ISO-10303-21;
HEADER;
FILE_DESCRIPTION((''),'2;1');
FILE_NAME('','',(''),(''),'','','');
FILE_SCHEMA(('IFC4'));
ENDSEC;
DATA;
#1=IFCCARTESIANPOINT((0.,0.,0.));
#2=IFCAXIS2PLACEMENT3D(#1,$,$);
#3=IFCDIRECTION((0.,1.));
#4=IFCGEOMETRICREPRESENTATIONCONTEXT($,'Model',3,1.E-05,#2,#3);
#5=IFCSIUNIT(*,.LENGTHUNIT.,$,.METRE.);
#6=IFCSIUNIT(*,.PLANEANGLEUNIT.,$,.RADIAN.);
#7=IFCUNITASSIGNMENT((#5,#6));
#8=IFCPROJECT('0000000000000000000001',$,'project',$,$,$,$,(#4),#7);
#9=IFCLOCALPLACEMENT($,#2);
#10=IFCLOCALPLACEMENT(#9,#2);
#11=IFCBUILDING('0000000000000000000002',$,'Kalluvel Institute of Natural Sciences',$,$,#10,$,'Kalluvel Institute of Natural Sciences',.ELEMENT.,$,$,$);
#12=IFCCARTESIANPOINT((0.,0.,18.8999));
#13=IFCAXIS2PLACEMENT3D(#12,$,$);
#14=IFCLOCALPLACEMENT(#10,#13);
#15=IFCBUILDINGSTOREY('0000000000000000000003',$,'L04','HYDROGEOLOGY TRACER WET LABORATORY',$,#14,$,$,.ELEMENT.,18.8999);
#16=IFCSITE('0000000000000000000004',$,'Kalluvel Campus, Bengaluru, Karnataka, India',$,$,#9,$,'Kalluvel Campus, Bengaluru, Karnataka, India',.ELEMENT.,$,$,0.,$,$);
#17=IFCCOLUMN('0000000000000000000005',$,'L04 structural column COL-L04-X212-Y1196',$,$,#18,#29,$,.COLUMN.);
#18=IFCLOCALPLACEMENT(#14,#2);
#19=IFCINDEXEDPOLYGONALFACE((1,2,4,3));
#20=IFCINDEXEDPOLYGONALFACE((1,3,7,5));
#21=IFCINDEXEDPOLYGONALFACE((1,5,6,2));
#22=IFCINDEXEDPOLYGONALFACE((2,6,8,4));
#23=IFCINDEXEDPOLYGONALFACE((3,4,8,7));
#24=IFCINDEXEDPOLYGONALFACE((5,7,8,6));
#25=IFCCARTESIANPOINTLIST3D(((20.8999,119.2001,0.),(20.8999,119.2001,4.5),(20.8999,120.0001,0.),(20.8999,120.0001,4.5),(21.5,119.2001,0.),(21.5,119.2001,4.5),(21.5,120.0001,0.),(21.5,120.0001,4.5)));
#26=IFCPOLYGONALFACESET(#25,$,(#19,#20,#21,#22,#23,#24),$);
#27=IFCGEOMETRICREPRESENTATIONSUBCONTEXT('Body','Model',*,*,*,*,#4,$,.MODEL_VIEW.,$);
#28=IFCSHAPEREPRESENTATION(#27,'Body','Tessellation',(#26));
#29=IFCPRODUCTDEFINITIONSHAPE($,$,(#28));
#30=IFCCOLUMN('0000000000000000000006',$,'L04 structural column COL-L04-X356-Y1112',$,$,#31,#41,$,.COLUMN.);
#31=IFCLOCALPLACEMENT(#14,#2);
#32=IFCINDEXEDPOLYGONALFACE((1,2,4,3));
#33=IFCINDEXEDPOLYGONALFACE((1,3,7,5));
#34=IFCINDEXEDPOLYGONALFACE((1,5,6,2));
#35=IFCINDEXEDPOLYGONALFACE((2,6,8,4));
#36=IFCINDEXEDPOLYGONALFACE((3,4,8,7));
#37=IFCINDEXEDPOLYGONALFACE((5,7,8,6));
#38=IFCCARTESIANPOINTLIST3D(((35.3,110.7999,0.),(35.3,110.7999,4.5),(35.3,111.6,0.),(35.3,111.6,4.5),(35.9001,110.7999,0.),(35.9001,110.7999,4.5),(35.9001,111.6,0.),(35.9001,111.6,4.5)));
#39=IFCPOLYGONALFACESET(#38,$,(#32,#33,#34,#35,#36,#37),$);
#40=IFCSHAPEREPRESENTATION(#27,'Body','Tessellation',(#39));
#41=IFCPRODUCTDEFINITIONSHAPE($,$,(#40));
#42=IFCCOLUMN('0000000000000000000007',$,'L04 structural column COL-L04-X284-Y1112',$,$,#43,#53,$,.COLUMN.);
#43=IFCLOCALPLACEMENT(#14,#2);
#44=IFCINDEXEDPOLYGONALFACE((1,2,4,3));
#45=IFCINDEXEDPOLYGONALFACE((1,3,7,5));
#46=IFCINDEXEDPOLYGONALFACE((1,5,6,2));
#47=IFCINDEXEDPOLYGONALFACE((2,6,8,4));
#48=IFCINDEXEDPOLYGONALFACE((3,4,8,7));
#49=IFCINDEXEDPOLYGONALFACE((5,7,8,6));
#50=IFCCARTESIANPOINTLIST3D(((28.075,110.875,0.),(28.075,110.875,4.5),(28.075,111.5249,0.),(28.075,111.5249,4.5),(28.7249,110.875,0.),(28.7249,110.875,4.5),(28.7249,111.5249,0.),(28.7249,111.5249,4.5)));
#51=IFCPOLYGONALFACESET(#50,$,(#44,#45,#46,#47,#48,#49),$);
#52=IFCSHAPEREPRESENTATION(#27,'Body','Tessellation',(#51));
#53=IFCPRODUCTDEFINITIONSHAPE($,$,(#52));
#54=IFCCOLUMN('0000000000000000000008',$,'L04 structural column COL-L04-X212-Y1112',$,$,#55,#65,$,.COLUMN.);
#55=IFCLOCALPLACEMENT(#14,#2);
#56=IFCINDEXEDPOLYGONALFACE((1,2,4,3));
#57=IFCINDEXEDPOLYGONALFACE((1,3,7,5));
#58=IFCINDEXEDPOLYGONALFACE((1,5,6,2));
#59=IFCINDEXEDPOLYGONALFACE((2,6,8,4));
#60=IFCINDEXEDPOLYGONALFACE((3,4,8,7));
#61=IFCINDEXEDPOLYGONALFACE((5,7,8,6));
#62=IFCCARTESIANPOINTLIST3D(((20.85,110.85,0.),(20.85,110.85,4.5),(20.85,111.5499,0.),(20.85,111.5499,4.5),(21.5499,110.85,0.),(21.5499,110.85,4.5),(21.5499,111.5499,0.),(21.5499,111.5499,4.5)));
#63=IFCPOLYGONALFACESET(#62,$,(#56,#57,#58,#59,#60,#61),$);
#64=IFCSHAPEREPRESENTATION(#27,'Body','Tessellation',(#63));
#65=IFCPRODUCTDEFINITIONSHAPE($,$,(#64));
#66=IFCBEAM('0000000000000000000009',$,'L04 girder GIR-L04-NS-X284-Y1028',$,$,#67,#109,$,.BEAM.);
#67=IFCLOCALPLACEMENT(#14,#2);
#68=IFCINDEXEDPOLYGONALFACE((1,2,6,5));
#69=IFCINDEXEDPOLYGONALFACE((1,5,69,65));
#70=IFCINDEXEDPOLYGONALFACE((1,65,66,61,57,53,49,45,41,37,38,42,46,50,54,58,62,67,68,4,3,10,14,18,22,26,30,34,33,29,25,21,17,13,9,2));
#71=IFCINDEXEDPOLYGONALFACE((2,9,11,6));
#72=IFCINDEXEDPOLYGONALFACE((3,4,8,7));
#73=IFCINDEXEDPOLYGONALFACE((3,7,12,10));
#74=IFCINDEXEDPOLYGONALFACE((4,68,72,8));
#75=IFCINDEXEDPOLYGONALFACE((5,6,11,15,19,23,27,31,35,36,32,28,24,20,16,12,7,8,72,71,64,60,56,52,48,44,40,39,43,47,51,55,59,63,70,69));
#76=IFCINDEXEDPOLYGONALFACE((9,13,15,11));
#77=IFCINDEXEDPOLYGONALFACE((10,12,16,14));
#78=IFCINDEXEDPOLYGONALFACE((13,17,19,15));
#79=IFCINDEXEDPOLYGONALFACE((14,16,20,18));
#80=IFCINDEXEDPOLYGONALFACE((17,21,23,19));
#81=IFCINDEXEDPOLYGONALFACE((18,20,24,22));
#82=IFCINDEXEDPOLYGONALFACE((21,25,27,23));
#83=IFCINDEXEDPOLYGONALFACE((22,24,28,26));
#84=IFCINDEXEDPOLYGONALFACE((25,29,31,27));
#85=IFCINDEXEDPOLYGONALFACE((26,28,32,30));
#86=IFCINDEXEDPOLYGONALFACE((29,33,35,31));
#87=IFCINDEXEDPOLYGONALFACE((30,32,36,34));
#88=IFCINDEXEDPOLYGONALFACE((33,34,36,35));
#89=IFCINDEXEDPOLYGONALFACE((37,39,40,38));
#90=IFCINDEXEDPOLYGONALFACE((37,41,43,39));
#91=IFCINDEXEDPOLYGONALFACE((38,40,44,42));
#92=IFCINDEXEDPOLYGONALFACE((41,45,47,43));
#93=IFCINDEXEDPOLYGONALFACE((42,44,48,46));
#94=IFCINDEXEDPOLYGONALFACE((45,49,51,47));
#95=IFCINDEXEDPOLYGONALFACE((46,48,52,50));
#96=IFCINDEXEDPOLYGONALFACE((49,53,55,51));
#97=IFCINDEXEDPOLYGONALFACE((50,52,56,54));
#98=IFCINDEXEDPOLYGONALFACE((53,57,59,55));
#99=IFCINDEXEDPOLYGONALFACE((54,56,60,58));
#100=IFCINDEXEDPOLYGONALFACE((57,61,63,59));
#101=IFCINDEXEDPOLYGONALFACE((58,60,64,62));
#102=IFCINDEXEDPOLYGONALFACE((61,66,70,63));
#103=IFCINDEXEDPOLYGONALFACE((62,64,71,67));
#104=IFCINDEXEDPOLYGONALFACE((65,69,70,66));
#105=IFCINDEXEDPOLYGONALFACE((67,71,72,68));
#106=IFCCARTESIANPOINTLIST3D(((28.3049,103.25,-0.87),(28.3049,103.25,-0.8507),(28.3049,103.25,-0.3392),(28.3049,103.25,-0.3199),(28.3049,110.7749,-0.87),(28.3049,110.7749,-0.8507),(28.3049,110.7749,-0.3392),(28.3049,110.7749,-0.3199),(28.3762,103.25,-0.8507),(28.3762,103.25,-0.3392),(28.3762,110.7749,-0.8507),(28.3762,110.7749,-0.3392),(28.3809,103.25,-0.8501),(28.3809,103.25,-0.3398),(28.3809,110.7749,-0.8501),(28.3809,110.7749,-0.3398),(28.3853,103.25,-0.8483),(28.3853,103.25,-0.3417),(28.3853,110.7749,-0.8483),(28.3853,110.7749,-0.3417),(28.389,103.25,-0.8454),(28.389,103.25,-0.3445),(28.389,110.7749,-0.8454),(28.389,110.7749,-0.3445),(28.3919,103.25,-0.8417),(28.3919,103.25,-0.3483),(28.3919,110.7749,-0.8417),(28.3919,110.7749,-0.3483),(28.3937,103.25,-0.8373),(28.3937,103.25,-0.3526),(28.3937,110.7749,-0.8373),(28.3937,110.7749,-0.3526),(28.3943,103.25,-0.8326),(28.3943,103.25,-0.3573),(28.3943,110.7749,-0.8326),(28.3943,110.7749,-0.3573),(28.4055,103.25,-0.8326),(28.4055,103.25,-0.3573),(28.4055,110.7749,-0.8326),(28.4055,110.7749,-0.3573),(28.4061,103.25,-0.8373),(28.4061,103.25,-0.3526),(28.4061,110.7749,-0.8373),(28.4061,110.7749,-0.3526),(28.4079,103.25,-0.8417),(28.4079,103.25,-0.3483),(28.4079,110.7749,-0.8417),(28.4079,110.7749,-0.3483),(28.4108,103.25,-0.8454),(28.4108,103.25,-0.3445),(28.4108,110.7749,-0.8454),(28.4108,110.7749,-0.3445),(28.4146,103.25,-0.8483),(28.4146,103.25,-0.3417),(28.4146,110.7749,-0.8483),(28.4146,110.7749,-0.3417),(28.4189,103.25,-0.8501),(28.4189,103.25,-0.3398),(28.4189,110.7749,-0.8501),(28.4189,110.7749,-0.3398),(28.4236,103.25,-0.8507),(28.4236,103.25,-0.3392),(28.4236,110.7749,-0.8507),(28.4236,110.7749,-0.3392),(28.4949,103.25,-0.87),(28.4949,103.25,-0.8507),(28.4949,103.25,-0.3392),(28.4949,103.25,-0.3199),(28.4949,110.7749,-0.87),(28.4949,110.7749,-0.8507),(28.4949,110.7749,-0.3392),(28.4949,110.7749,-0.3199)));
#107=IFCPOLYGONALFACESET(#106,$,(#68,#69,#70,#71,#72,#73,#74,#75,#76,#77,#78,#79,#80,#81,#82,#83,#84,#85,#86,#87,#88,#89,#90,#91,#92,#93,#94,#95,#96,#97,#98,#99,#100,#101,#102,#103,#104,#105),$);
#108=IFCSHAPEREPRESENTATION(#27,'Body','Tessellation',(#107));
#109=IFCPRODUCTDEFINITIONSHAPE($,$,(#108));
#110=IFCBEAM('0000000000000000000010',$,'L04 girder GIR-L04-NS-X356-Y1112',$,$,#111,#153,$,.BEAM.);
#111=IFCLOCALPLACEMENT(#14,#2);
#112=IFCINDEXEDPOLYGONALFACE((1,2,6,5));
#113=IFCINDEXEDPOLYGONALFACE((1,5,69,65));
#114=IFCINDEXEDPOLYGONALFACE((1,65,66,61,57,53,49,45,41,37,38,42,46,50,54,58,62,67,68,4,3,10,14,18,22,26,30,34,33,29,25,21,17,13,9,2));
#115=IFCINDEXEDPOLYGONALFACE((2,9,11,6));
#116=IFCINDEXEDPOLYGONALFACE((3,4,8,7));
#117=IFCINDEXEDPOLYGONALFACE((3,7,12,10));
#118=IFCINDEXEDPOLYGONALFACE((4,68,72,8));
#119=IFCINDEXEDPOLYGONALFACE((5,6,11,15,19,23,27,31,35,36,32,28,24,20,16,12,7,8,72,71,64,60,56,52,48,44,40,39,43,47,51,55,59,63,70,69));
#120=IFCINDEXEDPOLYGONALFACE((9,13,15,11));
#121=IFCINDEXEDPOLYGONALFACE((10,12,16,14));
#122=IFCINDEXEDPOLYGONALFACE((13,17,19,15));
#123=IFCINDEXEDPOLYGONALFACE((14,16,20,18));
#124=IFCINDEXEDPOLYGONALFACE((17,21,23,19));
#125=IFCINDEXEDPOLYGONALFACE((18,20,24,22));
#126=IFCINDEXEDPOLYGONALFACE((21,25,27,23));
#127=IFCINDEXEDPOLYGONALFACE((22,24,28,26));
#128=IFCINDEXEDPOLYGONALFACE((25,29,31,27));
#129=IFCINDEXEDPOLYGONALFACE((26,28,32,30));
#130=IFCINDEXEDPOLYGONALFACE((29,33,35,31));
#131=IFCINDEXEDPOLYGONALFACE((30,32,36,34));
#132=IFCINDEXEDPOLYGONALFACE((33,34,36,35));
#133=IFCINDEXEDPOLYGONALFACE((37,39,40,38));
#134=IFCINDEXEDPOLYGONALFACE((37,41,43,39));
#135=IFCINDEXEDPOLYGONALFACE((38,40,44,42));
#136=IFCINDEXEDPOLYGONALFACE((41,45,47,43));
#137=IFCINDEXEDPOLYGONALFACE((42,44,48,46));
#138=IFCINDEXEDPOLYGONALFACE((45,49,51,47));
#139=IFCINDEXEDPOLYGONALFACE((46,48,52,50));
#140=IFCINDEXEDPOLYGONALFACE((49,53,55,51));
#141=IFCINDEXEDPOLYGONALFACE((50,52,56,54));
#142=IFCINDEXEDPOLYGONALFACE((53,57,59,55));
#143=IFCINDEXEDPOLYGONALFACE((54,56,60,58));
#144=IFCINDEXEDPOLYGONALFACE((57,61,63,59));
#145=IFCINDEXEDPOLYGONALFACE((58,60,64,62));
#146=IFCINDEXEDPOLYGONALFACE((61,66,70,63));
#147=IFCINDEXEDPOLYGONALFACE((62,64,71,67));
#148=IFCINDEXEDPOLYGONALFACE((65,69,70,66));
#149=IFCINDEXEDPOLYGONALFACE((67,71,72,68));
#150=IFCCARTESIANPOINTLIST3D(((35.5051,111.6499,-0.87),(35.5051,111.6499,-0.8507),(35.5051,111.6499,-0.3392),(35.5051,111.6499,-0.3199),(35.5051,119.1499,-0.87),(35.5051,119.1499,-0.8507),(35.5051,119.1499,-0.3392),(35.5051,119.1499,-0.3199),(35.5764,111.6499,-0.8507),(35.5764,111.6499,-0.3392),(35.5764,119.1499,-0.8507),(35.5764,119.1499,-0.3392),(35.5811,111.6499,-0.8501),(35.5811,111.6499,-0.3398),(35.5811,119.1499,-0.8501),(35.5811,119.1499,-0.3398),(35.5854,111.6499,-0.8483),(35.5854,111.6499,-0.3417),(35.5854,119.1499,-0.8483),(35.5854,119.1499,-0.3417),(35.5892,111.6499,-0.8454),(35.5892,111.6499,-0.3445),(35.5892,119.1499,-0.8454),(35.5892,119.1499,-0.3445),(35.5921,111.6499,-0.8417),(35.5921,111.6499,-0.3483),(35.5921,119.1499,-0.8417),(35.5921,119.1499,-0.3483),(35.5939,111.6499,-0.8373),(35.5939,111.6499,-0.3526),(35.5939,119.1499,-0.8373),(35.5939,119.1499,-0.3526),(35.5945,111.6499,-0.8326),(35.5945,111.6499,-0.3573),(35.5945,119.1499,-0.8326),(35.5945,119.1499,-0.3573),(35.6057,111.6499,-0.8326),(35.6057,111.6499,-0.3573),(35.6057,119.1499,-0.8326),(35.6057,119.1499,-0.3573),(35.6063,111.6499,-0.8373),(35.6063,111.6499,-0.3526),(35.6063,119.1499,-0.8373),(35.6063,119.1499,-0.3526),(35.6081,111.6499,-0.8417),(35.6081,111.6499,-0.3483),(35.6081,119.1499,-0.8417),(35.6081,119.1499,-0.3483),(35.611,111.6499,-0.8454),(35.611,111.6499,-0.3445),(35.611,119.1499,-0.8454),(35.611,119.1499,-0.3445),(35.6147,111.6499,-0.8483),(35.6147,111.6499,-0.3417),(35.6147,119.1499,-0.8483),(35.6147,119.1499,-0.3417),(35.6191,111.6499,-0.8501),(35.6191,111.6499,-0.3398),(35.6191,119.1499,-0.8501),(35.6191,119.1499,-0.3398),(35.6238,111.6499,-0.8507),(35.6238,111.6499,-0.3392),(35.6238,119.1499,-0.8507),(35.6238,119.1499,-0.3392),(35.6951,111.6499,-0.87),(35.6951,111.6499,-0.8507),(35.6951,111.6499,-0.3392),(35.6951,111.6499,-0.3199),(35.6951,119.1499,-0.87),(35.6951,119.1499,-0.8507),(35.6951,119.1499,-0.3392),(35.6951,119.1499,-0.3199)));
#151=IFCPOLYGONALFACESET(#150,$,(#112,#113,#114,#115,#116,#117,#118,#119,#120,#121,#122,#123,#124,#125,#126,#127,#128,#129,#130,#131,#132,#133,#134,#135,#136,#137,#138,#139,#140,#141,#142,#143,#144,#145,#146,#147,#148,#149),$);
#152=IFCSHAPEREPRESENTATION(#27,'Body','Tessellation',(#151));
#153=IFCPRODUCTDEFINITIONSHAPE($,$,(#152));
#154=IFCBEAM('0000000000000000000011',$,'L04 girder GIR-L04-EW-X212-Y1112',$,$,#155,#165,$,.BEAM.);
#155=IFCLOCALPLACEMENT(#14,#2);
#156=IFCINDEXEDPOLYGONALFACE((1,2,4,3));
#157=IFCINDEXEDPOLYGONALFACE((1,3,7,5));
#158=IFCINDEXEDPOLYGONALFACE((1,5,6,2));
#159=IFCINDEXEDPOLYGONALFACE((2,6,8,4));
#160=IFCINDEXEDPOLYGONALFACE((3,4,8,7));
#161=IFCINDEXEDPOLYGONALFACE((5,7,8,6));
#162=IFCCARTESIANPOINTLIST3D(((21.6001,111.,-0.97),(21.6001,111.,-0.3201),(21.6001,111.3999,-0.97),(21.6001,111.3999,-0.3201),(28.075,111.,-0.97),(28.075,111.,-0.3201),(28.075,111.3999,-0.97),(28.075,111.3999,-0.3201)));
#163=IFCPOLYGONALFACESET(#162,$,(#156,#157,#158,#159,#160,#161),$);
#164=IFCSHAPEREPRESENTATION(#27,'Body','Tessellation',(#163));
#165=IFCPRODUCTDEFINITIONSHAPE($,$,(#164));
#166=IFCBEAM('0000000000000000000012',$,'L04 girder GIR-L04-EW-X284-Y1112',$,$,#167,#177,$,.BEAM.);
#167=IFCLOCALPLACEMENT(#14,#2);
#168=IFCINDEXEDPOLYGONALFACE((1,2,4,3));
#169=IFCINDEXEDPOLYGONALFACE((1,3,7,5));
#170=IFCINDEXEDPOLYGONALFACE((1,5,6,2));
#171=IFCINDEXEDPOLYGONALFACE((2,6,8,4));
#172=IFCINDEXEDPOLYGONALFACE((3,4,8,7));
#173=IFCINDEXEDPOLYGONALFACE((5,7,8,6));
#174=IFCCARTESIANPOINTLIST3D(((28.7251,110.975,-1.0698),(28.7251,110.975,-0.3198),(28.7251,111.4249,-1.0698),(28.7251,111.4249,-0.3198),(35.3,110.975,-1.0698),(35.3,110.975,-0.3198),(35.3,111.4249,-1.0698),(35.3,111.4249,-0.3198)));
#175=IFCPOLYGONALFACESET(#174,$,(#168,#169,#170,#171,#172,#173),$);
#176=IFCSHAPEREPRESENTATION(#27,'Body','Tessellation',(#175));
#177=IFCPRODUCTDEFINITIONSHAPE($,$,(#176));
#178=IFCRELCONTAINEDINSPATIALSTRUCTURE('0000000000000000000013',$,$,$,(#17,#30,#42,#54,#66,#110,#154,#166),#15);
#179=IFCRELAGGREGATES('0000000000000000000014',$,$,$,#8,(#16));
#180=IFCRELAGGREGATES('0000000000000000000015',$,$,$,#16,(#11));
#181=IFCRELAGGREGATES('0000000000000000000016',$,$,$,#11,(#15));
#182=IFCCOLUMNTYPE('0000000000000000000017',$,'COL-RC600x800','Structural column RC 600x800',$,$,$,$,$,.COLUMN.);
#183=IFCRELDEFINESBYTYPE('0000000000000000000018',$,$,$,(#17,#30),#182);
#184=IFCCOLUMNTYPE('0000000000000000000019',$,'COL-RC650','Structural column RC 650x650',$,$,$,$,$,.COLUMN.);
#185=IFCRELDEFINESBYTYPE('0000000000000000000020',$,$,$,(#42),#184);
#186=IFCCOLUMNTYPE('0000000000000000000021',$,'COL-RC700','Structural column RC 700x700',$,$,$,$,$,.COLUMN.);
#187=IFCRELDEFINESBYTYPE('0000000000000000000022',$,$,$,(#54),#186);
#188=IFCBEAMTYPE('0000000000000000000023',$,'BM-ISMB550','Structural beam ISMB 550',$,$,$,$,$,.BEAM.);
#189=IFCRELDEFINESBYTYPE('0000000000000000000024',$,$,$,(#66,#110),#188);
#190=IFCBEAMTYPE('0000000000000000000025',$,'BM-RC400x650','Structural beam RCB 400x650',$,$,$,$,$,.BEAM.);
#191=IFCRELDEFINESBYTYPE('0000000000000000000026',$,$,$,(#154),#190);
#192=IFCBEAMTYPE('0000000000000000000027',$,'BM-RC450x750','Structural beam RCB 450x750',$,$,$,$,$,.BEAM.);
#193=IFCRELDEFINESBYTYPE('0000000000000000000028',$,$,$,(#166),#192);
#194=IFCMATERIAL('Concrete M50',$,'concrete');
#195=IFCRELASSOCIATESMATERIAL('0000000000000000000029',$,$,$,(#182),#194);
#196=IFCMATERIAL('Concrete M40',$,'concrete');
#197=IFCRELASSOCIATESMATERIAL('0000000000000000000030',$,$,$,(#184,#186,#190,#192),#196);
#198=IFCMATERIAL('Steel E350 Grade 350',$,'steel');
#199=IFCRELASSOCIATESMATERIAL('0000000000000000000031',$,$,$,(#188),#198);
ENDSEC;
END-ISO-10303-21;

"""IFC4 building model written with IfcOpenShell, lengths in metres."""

from ifc_helpers import new_model, si_unit, direction, frame, origin, origin_2d, place, context, subcontext, project, spatial, rectangle, i_section, extrude, material, material_profile, profile_set, type_object, element, save


model = new_model("IFC4")

# Units and contexts
model_context = context("Model", 3, precision=1e-05, world=origin(), true_north=direction((0.0, 1.0)))
body_context = subcontext(model_context, "Body", "Model", "MODEL_VIEW")
ifc_project = project(units=[si_unit("LENGTHUNIT", "METRE"), si_unit("PLANEANGLEUNIT", "RADIAN")], contexts=[model_context])

# Site, building, storey
site_placement = place(None, origin())
site = spatial("IfcSite", under=ifc_project, at=site_placement, Name="Kalluvel Campus, Bengaluru, Karnataka, India", LongName="Kalluvel Campus, Bengaluru, Karnataka, India", CompositionType="ELEMENT", RefElevation=0.0)
building_placement = place(site_placement, origin())
building = spatial("IfcBuilding", under=site, at=building_placement, Name="Kalluvel Institute of Natural Sciences", LongName="Kalluvel Institute of Natural Sciences", CompositionType="ELEMENT")
storey_placement = place(building_placement, frame((0.0, 0.0, 18.8999)))
storey = spatial("IfcBuildingStorey", under=building, at=storey_placement, Name="L04", Description="HYDROGEOLOGY TRACER WET LABORATORY", CompositionType="ELEMENT", Elevation=18.8999)

# Columns
ifc_material_1 = material(Name="Concrete M50", Category="concrete")
ifc_material_profile_1 = material_profile(ifc_material_1, rectangle(XDim=0.6001, YDim=0.8, at=origin_2d()), Name="RC 600x800")
ifc_profile_set_1 = profile_set([ifc_material_profile_1], Name="Concrete M50")
column_type_1 = type_object("IfcColumnType", Name="COL-RC600x800", Description="Structural column RC 600x800", PredefinedType="COLUMN", material=ifc_profile_set_1)
for number, where, z_axis, x_axis, name in (
    (1, (21.2, 119.6001, 0.0), (0.0, 0.0, 1.0), (1.0, 0.0, 0.0), "L04 structural column COL-L04-X212-Y1196"),
    (2, (35.6001, 111.2, 0.0), (0.0, 0.0, 1.0), (1.0, 0.0, 0.0), "L04 structural column COL-L04-X356-Y1112"),
):
    element("IfcColumn", number, at=place(storey_placement, frame(where, z_axis=z_axis, x_axis=x_axis)), inside=storey, type_object=column_type_1, Name=name, PredefinedType="COLUMN", context=body_context, shape_type="SweptSolid", body=[
        extrude(rectangle(XDim=0.6001, YDim=0.8, at=origin_2d()), origin(), (0.0, 0.0, 1.0), 4.5),
    ])
ifc_material_2 = material(Name="Concrete M40", Category="concrete")
ifc_material_profile_2 = material_profile(ifc_material_2, rectangle(XDim=0.6499, YDim=0.6499, at=origin_2d()), Name="RC 650x650")
ifc_profile_set_2 = profile_set([ifc_material_profile_2], Name="Concrete M40")
column_type_2 = type_object("IfcColumnType", Name="COL-RC650", Description="Structural column RC 650x650", PredefinedType="COLUMN", material=ifc_profile_set_2)
column_1_placement = place(storey_placement, frame((28.3999, 111.2, 0.0), z_axis=(0.0, 0.0, 1.0), x_axis=(1.0, 0.0, 0.0)))
element("IfcColumn", 3, at=column_1_placement, inside=storey, type_object=column_type_2, Name="L04 structural column COL-L04-X284-Y1112", PredefinedType="COLUMN", context=body_context, shape_type="SweptSolid", body=[
    extrude(rectangle(XDim=0.6499, YDim=0.6499, at=origin_2d()), origin(), (0.0, 0.0, 1.0), 4.5),
])
ifc_material_profile_3 = material_profile(ifc_material_2, rectangle(XDim=0.7, YDim=0.7, at=origin_2d()), Name="RC 700x700")
ifc_profile_set_3 = profile_set([ifc_material_profile_3], Name="Concrete M40")
column_type_3 = type_object("IfcColumnType", Name="COL-RC700", Description="Structural column RC 700x700", PredefinedType="COLUMN", material=ifc_profile_set_3)
column_2_placement = place(storey_placement, frame((21.2, 111.2, 0.0), z_axis=(0.0, 0.0, 1.0), x_axis=(1.0, 0.0, 0.0)))
element("IfcColumn", 4, at=column_2_placement, inside=storey, type_object=column_type_3, Name="L04 structural column COL-L04-X212-Y1112", PredefinedType="COLUMN", context=body_context, shape_type="SweptSolid", body=[
    extrude(rectangle(XDim=0.7, YDim=0.7, at=origin_2d()), origin(), (0.0, 0.0, 1.0), 4.5),
])

# Beams
ifc_material_3 = material(Name="Steel E350 Grade 350", Category="steel")
ifc_material_profile_4 = material_profile(ifc_material_3, i_section(OverallWidth=0.1899, OverallDepth=0.55, WebThickness=0.0112, FlangeThickness=0.0193, FilletRadius=0.0181, at=origin_2d()), Name="ISMB 550")
ifc_profile_set_4 = profile_set([ifc_material_profile_4], Name="Steel E350 Grade 350")
beam_type_1 = type_object("IfcBeamType", Name="BM-ISMB550", Description="Structural beam ISMB 550", PredefinedType="BEAM", material=ifc_profile_set_4)
beam_1_placement = place(storey_placement, frame((28.3999, 103.25, -0.595), z_axis=(0.0, 1.0, 0.0), x_axis=(-1.0, 0.0, 0.0)))
element("IfcBeam", 5, at=beam_1_placement, inside=storey, type_object=beam_type_1, Name="L04 girder GIR-L04-NS-X284-Y1028", PredefinedType="BEAM", context=body_context, shape_type="SweptSolid", body=[
    extrude(i_section(OverallWidth=0.1899, OverallDepth=0.55, WebThickness=0.0112, FlangeThickness=0.0193, FilletRadius=0.0181, at=origin_2d()), origin(), (0.0, 0.0, 1.0), 7.5249),
])
beam_2_placement = place(storey_placement, frame((35.6001, 111.6499, -0.595), z_axis=(0.0, 1.0, 0.0), x_axis=(-1.0, 0.0, 0.0)))
element("IfcBeam", 6, at=beam_2_placement, inside=storey, type_object=beam_type_1, Name="L04 girder GIR-L04-NS-X356-Y1112", PredefinedType="BEAM", context=body_context, shape_type="SweptSolid", body=[
    extrude(i_section(OverallWidth=0.1899, OverallDepth=0.55, WebThickness=0.0112, FlangeThickness=0.0193, FilletRadius=0.0181, at=origin_2d()), origin(), (0.0, 0.0, 1.0), 7.5),
])
ifc_material_profile_5 = material_profile(ifc_material_2, rectangle(XDim=0.3999, YDim=0.6499, at=origin_2d()), Name="RCB 400x650")
ifc_profile_set_5 = profile_set([ifc_material_profile_5], Name="Concrete M40")
beam_type_2 = type_object("IfcBeamType", Name="BM-RC400x650", Description="Structural beam RCB 400x650", PredefinedType="BEAM", material=ifc_profile_set_5)
beam_3_placement = place(storey_placement, frame((21.6001, 111.2, -0.645), z_axis=(1.0, 0.0, 0.0), x_axis=(0.0, 1.0, 0.0)))
element("IfcBeam", 7, at=beam_3_placement, inside=storey, type_object=beam_type_2, Name="L04 girder GIR-L04-EW-X212-Y1112", PredefinedType="BEAM", context=body_context, shape_type="SweptSolid", body=[
    extrude(rectangle(XDim=0.3999, YDim=0.6499, at=origin_2d()), origin(), (0.0, 0.0, 1.0), 6.4749),
])
ifc_material_profile_6 = material_profile(ifc_material_2, rectangle(XDim=0.45, YDim=0.75, at=origin_2d()), Name="RCB 450x750")
ifc_profile_set_6 = profile_set([ifc_material_profile_6], Name="Concrete M40")
beam_type_3 = type_object("IfcBeamType", Name="BM-RC450x750", Description="Structural beam RCB 450x750", PredefinedType="BEAM", material=ifc_profile_set_6)
beam_4_placement = place(storey_placement, frame((28.7251, 111.2, -0.6948), z_axis=(1.0, 0.0, 0.0), x_axis=(0.0, 1.0, 0.0)))
element("IfcBeam", 8, at=beam_4_placement, inside=storey, type_object=beam_type_3, Name="L04 girder GIR-L04-EW-X284-Y1112", PredefinedType="BEAM", context=body_context, shape_type="SweptSolid", body=[
    extrude(rectangle(XDim=0.45, YDim=0.75, at=origin_2d()), origin(), (0.0, 0.0, 1.0), 6.575),
])

save(model, "model.ifc")
